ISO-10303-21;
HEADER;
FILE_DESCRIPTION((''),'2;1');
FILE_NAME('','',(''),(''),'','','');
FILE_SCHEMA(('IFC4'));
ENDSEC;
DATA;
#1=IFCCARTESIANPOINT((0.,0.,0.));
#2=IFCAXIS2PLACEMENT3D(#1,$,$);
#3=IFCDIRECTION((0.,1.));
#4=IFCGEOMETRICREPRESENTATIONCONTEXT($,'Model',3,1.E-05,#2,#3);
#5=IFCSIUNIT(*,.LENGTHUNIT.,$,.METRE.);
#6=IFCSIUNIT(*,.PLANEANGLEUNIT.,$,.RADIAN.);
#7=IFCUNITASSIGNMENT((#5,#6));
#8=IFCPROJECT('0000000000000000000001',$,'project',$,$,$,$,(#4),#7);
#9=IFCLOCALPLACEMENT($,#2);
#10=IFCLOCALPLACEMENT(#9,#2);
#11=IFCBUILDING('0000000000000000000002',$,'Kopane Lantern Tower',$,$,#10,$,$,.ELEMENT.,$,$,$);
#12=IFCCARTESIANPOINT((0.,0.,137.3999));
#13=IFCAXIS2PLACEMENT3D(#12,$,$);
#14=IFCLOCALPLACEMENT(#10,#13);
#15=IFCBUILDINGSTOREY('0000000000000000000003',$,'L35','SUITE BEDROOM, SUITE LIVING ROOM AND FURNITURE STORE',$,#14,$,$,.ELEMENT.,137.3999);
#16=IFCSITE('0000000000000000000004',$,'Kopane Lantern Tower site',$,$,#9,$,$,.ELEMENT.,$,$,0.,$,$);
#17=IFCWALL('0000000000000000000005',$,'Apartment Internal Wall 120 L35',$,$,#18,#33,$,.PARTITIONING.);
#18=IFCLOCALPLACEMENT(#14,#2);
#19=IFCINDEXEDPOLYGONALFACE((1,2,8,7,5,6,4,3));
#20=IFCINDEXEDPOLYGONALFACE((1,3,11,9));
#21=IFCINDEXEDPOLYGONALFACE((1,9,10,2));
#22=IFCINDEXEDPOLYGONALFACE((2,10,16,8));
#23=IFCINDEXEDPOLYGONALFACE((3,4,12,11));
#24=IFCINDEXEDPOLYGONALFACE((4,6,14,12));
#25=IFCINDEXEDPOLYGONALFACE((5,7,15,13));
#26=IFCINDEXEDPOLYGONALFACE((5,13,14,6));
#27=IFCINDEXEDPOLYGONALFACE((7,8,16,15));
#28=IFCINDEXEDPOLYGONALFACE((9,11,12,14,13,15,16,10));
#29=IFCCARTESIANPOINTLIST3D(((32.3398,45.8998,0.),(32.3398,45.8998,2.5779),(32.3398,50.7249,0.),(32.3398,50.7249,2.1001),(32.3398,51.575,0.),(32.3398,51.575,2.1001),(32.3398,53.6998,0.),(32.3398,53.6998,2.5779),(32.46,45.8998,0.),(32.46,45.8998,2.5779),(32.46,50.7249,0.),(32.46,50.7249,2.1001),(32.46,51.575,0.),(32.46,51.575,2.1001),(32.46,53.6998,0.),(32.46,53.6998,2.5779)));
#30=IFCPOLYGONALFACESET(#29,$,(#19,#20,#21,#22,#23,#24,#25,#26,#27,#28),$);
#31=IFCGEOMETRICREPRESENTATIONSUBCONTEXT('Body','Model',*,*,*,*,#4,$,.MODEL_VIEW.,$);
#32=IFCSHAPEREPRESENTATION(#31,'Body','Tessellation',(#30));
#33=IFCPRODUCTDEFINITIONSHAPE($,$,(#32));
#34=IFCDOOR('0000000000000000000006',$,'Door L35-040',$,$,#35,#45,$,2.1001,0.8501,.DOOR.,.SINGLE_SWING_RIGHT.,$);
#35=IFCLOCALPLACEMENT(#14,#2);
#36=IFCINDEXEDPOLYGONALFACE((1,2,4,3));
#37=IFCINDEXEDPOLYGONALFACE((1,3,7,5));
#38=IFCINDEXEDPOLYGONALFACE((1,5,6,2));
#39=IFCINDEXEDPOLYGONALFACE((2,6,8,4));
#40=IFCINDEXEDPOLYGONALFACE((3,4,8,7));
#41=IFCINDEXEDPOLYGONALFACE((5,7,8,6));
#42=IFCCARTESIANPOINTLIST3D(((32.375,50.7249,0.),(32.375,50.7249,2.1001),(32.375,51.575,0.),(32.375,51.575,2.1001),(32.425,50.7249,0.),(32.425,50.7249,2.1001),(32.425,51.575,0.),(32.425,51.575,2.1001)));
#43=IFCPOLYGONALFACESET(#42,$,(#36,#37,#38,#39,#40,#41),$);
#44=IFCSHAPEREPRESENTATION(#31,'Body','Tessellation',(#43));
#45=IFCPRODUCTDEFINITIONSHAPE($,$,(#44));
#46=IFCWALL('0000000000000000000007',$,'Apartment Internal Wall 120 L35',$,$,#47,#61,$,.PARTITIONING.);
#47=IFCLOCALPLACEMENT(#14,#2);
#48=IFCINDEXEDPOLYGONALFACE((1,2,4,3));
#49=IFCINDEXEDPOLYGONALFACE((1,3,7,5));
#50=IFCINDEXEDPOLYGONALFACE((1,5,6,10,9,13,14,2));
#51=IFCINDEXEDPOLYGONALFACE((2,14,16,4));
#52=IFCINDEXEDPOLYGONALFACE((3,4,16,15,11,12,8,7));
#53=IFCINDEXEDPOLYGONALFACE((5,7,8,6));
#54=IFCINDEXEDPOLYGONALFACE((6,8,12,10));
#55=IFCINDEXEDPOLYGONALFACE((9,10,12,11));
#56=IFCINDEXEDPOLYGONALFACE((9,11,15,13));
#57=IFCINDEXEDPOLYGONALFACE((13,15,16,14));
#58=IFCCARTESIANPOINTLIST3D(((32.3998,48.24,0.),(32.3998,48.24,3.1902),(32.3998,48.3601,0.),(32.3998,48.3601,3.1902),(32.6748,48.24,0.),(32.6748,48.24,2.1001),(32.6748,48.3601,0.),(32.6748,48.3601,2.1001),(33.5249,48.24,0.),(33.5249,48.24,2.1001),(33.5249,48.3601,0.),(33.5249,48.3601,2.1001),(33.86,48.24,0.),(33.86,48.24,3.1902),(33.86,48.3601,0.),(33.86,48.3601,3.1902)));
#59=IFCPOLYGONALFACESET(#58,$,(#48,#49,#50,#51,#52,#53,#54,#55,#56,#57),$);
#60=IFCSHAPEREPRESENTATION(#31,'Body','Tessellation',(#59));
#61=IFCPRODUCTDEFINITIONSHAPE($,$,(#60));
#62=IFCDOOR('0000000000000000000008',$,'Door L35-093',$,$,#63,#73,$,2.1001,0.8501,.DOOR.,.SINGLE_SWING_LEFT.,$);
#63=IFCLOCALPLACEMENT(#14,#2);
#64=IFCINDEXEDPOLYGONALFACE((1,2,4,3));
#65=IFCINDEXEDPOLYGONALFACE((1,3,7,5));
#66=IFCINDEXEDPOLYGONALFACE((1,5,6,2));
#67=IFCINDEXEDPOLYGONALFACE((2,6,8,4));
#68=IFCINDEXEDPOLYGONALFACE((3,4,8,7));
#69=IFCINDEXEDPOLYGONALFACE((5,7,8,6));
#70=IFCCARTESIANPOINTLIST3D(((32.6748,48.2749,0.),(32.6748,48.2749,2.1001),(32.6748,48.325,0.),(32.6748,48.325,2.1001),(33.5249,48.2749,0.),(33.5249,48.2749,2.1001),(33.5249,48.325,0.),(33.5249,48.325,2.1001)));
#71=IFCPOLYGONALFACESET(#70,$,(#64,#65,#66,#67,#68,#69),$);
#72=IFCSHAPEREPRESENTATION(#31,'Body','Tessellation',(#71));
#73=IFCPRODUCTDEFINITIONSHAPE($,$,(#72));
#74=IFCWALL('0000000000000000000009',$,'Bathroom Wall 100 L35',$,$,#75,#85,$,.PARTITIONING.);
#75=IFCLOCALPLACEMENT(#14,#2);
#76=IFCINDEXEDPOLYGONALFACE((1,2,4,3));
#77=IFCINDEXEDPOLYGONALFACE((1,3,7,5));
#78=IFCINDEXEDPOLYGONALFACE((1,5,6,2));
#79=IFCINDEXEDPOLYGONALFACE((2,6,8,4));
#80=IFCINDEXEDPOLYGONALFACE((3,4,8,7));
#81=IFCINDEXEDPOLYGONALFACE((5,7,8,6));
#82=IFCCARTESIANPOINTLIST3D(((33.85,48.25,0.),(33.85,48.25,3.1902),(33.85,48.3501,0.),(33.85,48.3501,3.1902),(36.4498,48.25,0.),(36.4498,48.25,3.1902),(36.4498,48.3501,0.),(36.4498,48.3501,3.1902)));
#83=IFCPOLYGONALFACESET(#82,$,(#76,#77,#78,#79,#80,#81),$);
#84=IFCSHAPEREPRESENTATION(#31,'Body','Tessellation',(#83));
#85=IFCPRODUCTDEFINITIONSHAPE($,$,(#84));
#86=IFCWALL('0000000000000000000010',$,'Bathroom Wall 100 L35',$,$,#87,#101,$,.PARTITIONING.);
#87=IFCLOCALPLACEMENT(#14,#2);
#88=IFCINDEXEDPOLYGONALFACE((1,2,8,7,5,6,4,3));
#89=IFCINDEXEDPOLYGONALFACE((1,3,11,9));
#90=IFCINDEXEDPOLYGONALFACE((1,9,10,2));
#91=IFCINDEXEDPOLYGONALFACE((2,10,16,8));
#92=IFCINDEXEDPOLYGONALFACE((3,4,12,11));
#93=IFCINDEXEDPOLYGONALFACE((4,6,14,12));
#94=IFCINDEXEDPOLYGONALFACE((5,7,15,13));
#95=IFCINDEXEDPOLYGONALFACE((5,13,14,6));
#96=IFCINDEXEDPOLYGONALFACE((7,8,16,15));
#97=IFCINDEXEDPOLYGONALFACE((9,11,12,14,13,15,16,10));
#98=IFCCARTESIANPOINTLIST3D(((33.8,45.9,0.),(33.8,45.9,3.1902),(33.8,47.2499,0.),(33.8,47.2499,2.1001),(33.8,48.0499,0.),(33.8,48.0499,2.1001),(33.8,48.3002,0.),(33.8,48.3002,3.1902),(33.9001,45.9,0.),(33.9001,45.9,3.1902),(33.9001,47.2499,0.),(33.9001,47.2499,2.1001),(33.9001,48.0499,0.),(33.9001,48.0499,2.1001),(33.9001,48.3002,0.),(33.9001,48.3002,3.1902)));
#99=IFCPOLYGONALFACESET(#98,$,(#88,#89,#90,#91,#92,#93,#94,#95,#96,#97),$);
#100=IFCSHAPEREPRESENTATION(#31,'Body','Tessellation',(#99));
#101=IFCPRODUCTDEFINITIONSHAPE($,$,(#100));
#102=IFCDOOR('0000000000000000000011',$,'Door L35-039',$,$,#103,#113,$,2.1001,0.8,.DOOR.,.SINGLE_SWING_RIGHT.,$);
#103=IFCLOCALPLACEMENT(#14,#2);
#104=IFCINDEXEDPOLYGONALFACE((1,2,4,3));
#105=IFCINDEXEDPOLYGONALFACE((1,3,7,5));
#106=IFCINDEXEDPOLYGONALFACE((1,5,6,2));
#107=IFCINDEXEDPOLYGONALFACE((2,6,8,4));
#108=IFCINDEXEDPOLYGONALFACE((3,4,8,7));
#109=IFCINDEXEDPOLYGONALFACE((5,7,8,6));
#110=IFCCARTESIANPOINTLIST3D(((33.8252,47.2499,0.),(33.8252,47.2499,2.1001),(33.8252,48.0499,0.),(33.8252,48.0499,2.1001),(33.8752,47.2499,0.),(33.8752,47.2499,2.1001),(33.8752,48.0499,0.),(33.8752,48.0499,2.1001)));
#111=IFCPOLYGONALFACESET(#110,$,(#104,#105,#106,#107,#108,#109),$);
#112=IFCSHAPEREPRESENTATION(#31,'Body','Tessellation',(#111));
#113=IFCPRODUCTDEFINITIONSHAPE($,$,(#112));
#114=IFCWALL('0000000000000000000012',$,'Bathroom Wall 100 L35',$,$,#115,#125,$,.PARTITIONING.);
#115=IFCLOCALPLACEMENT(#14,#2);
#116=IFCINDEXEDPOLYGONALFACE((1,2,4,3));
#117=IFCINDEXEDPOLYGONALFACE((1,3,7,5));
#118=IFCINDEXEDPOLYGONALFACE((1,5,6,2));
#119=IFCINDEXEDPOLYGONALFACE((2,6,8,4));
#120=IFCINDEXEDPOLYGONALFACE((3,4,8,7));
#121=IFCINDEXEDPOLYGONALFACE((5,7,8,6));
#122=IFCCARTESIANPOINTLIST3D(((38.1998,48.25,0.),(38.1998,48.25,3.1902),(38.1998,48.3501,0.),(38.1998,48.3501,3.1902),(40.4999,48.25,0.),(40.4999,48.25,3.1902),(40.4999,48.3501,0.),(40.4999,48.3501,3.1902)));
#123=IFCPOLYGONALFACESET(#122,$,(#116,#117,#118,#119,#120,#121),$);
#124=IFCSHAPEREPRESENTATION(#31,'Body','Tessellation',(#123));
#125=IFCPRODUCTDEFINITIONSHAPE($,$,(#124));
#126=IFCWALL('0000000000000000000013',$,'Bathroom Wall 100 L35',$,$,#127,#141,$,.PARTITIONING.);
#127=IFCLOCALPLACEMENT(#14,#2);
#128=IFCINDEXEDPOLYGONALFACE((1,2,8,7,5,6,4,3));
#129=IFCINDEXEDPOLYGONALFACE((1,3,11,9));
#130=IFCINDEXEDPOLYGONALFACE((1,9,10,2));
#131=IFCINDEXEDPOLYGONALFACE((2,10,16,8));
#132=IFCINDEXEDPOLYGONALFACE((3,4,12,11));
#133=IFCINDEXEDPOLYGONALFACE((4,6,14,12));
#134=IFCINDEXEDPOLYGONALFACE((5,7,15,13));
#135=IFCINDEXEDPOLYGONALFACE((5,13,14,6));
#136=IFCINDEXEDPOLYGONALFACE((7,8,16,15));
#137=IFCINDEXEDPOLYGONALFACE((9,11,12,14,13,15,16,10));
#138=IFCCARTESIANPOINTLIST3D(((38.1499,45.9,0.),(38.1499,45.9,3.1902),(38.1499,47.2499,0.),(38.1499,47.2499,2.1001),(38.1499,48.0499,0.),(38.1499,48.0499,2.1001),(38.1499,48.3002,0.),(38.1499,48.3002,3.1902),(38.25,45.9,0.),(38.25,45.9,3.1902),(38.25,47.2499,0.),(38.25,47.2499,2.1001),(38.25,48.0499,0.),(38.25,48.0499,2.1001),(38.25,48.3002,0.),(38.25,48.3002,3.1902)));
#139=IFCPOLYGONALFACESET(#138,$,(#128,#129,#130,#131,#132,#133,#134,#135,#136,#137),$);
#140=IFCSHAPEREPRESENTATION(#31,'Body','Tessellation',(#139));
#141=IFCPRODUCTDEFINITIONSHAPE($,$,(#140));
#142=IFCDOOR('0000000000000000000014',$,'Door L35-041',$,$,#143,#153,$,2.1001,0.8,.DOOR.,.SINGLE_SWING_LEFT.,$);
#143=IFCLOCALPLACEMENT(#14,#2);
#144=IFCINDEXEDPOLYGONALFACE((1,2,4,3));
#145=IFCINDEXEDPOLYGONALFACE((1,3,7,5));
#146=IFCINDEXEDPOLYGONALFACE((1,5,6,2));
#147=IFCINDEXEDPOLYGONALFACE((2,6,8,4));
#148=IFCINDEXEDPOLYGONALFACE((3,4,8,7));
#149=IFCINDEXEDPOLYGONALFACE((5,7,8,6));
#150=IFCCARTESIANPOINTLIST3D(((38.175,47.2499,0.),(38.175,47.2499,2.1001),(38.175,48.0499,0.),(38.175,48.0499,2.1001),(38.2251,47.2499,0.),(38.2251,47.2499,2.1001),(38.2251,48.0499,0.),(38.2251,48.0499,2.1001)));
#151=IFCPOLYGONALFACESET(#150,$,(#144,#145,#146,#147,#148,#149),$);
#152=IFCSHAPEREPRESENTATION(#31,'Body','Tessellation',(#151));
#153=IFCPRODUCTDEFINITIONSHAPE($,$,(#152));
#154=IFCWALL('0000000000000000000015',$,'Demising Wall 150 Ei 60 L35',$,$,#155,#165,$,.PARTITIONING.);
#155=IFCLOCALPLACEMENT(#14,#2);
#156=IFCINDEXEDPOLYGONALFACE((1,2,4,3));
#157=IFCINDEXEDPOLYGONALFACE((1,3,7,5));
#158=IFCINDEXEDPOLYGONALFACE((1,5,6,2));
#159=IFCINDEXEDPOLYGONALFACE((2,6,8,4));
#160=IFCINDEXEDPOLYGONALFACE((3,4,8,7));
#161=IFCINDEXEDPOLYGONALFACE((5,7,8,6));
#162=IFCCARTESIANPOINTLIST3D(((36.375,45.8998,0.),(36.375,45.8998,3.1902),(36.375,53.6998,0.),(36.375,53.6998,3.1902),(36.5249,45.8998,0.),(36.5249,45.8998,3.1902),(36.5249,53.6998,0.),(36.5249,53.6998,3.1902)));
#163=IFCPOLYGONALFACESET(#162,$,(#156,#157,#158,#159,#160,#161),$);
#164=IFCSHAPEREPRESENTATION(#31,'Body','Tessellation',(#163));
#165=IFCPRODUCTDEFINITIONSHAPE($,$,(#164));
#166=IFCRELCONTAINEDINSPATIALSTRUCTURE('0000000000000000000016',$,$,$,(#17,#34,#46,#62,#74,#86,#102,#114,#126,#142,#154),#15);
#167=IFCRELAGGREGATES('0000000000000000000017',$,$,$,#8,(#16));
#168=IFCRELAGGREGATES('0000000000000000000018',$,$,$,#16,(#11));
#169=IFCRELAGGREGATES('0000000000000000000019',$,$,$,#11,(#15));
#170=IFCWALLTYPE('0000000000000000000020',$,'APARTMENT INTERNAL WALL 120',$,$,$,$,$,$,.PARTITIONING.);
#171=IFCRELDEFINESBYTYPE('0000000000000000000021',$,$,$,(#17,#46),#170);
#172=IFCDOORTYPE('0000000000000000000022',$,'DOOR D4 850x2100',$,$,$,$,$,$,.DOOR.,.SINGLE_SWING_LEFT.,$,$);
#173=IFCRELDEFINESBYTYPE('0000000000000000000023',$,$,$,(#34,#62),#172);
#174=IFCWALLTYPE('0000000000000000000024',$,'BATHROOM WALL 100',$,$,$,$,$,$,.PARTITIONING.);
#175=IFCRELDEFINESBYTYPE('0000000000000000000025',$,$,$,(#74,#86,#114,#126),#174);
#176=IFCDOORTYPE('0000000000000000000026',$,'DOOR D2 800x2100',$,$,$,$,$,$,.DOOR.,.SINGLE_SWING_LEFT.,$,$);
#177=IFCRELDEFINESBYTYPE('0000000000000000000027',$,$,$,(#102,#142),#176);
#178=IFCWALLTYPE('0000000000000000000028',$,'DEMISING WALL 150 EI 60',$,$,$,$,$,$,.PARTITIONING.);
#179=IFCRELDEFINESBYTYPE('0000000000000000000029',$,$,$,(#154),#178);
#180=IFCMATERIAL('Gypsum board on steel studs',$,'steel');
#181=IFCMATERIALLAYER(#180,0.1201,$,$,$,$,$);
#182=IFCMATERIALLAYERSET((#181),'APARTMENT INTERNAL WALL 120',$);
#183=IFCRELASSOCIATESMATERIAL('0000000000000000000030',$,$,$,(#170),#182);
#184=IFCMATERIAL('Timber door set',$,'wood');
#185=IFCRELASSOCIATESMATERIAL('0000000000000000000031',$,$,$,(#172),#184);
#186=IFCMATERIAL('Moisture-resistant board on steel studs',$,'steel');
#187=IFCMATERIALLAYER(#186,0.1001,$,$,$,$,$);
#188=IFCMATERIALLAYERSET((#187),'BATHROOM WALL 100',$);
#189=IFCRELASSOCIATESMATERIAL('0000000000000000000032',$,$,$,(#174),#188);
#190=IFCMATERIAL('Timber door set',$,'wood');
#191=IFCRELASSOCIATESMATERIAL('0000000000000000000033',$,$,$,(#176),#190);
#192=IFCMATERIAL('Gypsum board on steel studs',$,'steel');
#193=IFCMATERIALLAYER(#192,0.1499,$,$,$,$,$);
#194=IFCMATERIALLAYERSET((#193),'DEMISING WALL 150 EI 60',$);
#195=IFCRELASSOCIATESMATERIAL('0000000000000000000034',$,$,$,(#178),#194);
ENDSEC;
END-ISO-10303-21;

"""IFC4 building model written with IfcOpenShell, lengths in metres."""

from ifc_helpers import new_model, si_unit, direction, frame, frame_2d, origin, place, context, subcontext, project, spatial, rectangle, extrude, material, layer, layer_set, type_object, element, fill, save


model = new_model("IFC4")

# Units and contexts
model_context = context("Model", 3, precision=1e-05, world=origin(), true_north=direction((0.0, 1.0)))
body_context = subcontext(model_context, "Body", "Model", "MODEL_VIEW")
ifc_project = project(units=[si_unit("LENGTHUNIT", "METRE"), si_unit("PLANEANGLEUNIT", "RADIAN")], contexts=[model_context])

# Site, building, storey
site_placement = place(None, origin())
site = spatial("IfcSite", under=ifc_project, at=site_placement, Name="Kopane Lantern Tower site", CompositionType="ELEMENT", RefElevation=0.0)
building_placement = place(site_placement, origin())
building = spatial("IfcBuilding", under=site, at=building_placement, Name="Kopane Lantern Tower", CompositionType="ELEMENT")
storey_placement = place(building_placement, frame((0.0, 0.0, 137.3999)))
storey = spatial("IfcBuildingStorey", under=building, at=storey_placement, Name="L35", Description="SUITE BEDROOM, SUITE LIVING ROOM AND FURNITURE STORE", CompositionType="ELEMENT", Elevation=137.3999)

# Walls, openings, doors
ifc_material_1 = material(Name="Gypsum board on steel studs", Category="steel")
ifc_layer_1 = layer(ifc_material_1, 0.1201)
ifc_layer_set_1 = layer_set([ifc_layer_1], Name="APARTMENT INTERNAL WALL 120")
wall_type_1 = type_object("IfcWallType", Name="APARTMENT INTERNAL WALL 120", PredefinedType="PARTITIONING", material=ifc_layer_set_1)
wall_1_placement = place(storey_placement, frame((32.3999, 45.8999, 0.0), z_axis=(0.0, 0.0, 1.0), x_axis=(0.0, 1.0, 0.0)))
wall_1 = element("IfcWall", 1, at=wall_1_placement, inside=storey, type_object=wall_type_1, Name="Apartment Internal Wall 120 L35", PredefinedType="PARTITIONING", context=body_context, shape_type="SweptSolid", body=[
    extrude(rectangle(XDim=7.8, YDim=0.1201, at=frame_2d((3.8999, 0.0))), origin(), (0.0, 0.0, 1.0), 2.5779),
])
opening_1_placement = place(wall_1_placement, frame((4.825, 0.0, 0.0)))
opening_1 = element("IfcOpeningElement", 2, at=opening_1_placement, cuts=wall_1, PredefinedType="OPENING", context=body_context, shape_type="SweptSolid", body=[
    extrude(rectangle(XDim=0.8501, YDim=2.1001, at=frame_2d((0.425, 1.05))), frame((0.0, 0.0701, 0.0), z_axis=(0.0, -1.0, 0.0), x_axis=(1.0, 0.0, 0.0)), (0.0, 0.0, 1.0), 0.1401),
])
ifc_material_2 = material(Name="Timber door set", Category="wood")
door_type_1 = type_object("IfcDoorType", Name="DOOR D4 850x2100", OperationType="SINGLE_SWING_LEFT", PredefinedType="DOOR", material=ifc_material_2)
door_1_placement = place(opening_1_placement, origin())
door_1 = element("IfcDoor", 3, at=door_1_placement, inside=storey, type_object=door_type_1, Name="Door L35-040", OperationType="SINGLE_SWING_RIGHT", OverallHeight=2.1001, OverallWidth=0.8501, PredefinedType="DOOR", context=body_context, shape_type="SweptSolid", body=[
    extrude(rectangle(XDim=0.8501, YDim=2.1001, at=frame_2d((0.425, 1.05))), frame((0.0, 0.0249, 0.0), z_axis=(0.0, -1.0, 0.0), x_axis=(1.0, 0.0, 0.0)), (0.0, 0.0, 1.0), 0.05),
])
fill(opening_1, door_1)
wall_2_placement = place(storey_placement, frame((32.3999, 48.3, 0.0), z_axis=(0.0, 0.0, 1.0), x_axis=(1.0, 0.0, 0.0)))
wall_2 = element("IfcWall", 4, at=wall_2_placement, inside=storey, type_object=wall_type_1, Name="Apartment Internal Wall 120 L35", PredefinedType="PARTITIONING", context=body_context, shape_type="SweptSolid", body=[
    extrude(rectangle(XDim=1.4602, YDim=0.1201, at=frame_2d((0.73, 0.0))), origin(), (0.0, 0.0, 1.0), 3.1902),
])
opening_2_placement = place(wall_2_placement, frame((0.2749, 0.0, 0.0)))
opening_2 = element("IfcOpeningElement", 5, at=opening_2_placement, cuts=wall_2, PredefinedType="OPENING", context=body_context, shape_type="SweptSolid", body=[
    extrude(rectangle(XDim=0.8501, YDim=2.1001, at=frame_2d((0.425, 1.05))), frame((0.0, 0.0701, 0.0), z_axis=(0.0, -1.0, 0.0), x_axis=(1.0, 0.0, 0.0)), (0.0, 0.0, 1.0), 0.1401),
])
door_2_placement = place(opening_2_placement, origin())
door_2 = element("IfcDoor", 6, at=door_2_placement, inside=storey, type_object=door_type_1, Name="Door L35-093", OperationType="SINGLE_SWING_LEFT", OverallHeight=2.1001, OverallWidth=0.8501, PredefinedType="DOOR", context=body_context, shape_type="SweptSolid", body=[
    extrude(rectangle(XDim=0.8501, YDim=2.1001, at=frame_2d((0.425, 1.05))), frame((0.0, 0.0249, 0.0), z_axis=(0.0, -1.0, 0.0), x_axis=(1.0, 0.0, 0.0)), (0.0, 0.0, 1.0), 0.05),
])
fill(opening_2, door_2)

# Wall
ifc_material_3 = material(Name="Moisture-resistant board on steel studs", Category="steel")
ifc_layer_2 = layer(ifc_material_3, 0.1001)
ifc_layer_set_2 = layer_set([ifc_layer_2], Name="BATHROOM WALL 100")
wall_type_2 = type_object("IfcWallType", Name="BATHROOM WALL 100", PredefinedType="PARTITIONING", material=ifc_layer_set_2)
wall_3_placement = place(storey_placement, frame((33.8501, 48.3, 0.0), z_axis=(0.0, 0.0, 1.0), x_axis=(1.0, 0.0, 0.0)))
element("IfcWall", 7, at=wall_3_placement, inside=storey, type_object=wall_type_2, Name="Bathroom Wall 100 L35", PredefinedType="PARTITIONING", context=body_context, shape_type="SweptSolid", body=[
    extrude(rectangle(XDim=2.5999, YDim=0.1001, at=frame_2d((1.2998, 0.0))), origin(), (0.0, 0.0, 1.0), 3.1902),
])

# Wall, opening, door
wall_4_placement = place(storey_placement, frame((33.8501, 45.8999, 0.0), z_axis=(0.0, 0.0, 1.0), x_axis=(0.0, 1.0, 0.0)))
wall_4 = element("IfcWall", 8, at=wall_4_placement, inside=storey, type_object=wall_type_2, Name="Bathroom Wall 100 L35", PredefinedType="PARTITIONING", context=body_context, shape_type="SweptSolid", body=[
    extrude(rectangle(XDim=2.4001, YDim=0.1001, at=frame_2d((1.2002, 0.0))), origin(), (0.0, 0.0, 1.0), 3.1902),
])
opening_3_placement = place(wall_4_placement, frame((1.3501, 0.0, 0.0)))
opening_3 = element("IfcOpeningElement", 9, at=opening_3_placement, cuts=wall_4, PredefinedType="OPENING", context=body_context, shape_type="SweptSolid", body=[
    extrude(rectangle(XDim=0.8, YDim=2.1001, at=frame_2d((0.3999, 1.05))), frame((0.0, 0.0601, 0.0), z_axis=(0.0, -1.0, 0.0), x_axis=(1.0, 0.0, 0.0)), (0.0, 0.0, 1.0), 0.1201),
])
ifc_material_4 = material(Name="Timber door set", Category="wood")
door_type_2 = type_object("IfcDoorType", Name="DOOR D2 800x2100", OperationType="SINGLE_SWING_LEFT", PredefinedType="DOOR", material=ifc_material_4)
door_3_placement = place(opening_3_placement, origin())
door_3 = element("IfcDoor", 10, at=door_3_placement, inside=storey, type_object=door_type_2, Name="Door L35-039", OperationType="SINGLE_SWING_RIGHT", OverallHeight=2.1001, OverallWidth=0.8, PredefinedType="DOOR", context=body_context, shape_type="SweptSolid", body=[
    extrude(rectangle(XDim=0.8, YDim=2.1001, at=frame_2d((0.3999, 1.05))), frame((0.0, 0.0249, 0.0), z_axis=(0.0, -1.0, 0.0), x_axis=(1.0, 0.0, 0.0)), (0.0, 0.0, 1.0), 0.05),
])
fill(opening_3, door_3)

# Wall
wall_5_placement = place(storey_placement, frame((38.2, 48.3, 0.0), z_axis=(0.0, 0.0, 1.0), x_axis=(1.0, 0.0, 0.0)))
element("IfcWall", 11, at=wall_5_placement, inside=storey, type_object=wall_type_2, Name="Bathroom Wall 100 L35", PredefinedType="PARTITIONING", context=body_context, shape_type="SweptSolid", body=[
    extrude(rectangle(XDim=2.3, YDim=0.1001, at=frame_2d((1.1499, 0.0))), origin(), (0.0, 0.0, 1.0), 3.1902),
])

# Wall, opening, door
wall_6_placement = place(storey_placement, frame((38.2, 45.8999, 0.0), z_axis=(0.0, 0.0, 1.0), x_axis=(0.0, 1.0, 0.0)))
wall_6 = element("IfcWall", 12, at=wall_6_placement, inside=storey, type_object=wall_type_2, Name="Bathroom Wall 100 L35", PredefinedType="PARTITIONING", context=body_context, shape_type="SweptSolid", body=[
    extrude(rectangle(XDim=2.4001, YDim=0.1001, at=frame_2d((1.2002, 0.0))), origin(), (0.0, 0.0, 1.0), 3.1902),
])
opening_4_placement = place(wall_6_placement, frame((1.3501, 0.0, 0.0)))
opening_4 = element("IfcOpeningElement", 13, at=opening_4_placement, cuts=wall_6, PredefinedType="OPENING", context=body_context, shape_type="SweptSolid", body=[
    extrude(rectangle(XDim=0.8, YDim=2.1001, at=frame_2d((0.3999, 1.05))), frame((0.0, 0.0601, 0.0), z_axis=(0.0, -1.0, 0.0), x_axis=(1.0, 0.0, 0.0)), (0.0, 0.0, 1.0), 0.1201),
])
door_4_placement = place(opening_4_placement, origin())
door_4 = element("IfcDoor", 14, at=door_4_placement, inside=storey, type_object=door_type_2, Name="Door L35-041", OperationType="SINGLE_SWING_LEFT", OverallHeight=2.1001, OverallWidth=0.8, PredefinedType="DOOR", context=body_context, shape_type="SweptSolid", body=[
    extrude(rectangle(XDim=0.8, YDim=2.1001, at=frame_2d((0.3999, 1.05))), frame((0.0, 0.0249, 0.0), z_axis=(0.0, -1.0, 0.0), x_axis=(1.0, 0.0, 0.0)), (0.0, 0.0, 1.0), 0.05),
])
fill(opening_4, door_4)

# Wall
ifc_material_5 = material(Name="Gypsum board on steel studs", Category="steel")
ifc_layer_3 = layer(ifc_material_5, 0.1499)
ifc_layer_set_3 = layer_set([ifc_layer_3], Name="DEMISING WALL 150 EI 60")
wall_type_3 = type_object("IfcWallType", Name="DEMISING WALL 150 EI 60", PredefinedType="PARTITIONING", material=ifc_layer_set_3)
wall_7_placement = place(storey_placement, frame((36.45, 45.8999, 0.0), z_axis=(0.0, 0.0, 1.0), x_axis=(0.0, 1.0, 0.0)))
element("IfcWall", 15, at=wall_7_placement, inside=storey, type_object=wall_type_3, Name="Demising Wall 150 Ei 60 L35", PredefinedType="PARTITIONING", context=body_context, shape_type="SweptSolid", body=[
    extrude(rectangle(XDim=7.8, YDim=0.1499, at=frame_2d((3.8999, 0.0))), origin(), (0.0, 0.0, 1.0), 3.1902),
])

save(model, "model.ifc")
